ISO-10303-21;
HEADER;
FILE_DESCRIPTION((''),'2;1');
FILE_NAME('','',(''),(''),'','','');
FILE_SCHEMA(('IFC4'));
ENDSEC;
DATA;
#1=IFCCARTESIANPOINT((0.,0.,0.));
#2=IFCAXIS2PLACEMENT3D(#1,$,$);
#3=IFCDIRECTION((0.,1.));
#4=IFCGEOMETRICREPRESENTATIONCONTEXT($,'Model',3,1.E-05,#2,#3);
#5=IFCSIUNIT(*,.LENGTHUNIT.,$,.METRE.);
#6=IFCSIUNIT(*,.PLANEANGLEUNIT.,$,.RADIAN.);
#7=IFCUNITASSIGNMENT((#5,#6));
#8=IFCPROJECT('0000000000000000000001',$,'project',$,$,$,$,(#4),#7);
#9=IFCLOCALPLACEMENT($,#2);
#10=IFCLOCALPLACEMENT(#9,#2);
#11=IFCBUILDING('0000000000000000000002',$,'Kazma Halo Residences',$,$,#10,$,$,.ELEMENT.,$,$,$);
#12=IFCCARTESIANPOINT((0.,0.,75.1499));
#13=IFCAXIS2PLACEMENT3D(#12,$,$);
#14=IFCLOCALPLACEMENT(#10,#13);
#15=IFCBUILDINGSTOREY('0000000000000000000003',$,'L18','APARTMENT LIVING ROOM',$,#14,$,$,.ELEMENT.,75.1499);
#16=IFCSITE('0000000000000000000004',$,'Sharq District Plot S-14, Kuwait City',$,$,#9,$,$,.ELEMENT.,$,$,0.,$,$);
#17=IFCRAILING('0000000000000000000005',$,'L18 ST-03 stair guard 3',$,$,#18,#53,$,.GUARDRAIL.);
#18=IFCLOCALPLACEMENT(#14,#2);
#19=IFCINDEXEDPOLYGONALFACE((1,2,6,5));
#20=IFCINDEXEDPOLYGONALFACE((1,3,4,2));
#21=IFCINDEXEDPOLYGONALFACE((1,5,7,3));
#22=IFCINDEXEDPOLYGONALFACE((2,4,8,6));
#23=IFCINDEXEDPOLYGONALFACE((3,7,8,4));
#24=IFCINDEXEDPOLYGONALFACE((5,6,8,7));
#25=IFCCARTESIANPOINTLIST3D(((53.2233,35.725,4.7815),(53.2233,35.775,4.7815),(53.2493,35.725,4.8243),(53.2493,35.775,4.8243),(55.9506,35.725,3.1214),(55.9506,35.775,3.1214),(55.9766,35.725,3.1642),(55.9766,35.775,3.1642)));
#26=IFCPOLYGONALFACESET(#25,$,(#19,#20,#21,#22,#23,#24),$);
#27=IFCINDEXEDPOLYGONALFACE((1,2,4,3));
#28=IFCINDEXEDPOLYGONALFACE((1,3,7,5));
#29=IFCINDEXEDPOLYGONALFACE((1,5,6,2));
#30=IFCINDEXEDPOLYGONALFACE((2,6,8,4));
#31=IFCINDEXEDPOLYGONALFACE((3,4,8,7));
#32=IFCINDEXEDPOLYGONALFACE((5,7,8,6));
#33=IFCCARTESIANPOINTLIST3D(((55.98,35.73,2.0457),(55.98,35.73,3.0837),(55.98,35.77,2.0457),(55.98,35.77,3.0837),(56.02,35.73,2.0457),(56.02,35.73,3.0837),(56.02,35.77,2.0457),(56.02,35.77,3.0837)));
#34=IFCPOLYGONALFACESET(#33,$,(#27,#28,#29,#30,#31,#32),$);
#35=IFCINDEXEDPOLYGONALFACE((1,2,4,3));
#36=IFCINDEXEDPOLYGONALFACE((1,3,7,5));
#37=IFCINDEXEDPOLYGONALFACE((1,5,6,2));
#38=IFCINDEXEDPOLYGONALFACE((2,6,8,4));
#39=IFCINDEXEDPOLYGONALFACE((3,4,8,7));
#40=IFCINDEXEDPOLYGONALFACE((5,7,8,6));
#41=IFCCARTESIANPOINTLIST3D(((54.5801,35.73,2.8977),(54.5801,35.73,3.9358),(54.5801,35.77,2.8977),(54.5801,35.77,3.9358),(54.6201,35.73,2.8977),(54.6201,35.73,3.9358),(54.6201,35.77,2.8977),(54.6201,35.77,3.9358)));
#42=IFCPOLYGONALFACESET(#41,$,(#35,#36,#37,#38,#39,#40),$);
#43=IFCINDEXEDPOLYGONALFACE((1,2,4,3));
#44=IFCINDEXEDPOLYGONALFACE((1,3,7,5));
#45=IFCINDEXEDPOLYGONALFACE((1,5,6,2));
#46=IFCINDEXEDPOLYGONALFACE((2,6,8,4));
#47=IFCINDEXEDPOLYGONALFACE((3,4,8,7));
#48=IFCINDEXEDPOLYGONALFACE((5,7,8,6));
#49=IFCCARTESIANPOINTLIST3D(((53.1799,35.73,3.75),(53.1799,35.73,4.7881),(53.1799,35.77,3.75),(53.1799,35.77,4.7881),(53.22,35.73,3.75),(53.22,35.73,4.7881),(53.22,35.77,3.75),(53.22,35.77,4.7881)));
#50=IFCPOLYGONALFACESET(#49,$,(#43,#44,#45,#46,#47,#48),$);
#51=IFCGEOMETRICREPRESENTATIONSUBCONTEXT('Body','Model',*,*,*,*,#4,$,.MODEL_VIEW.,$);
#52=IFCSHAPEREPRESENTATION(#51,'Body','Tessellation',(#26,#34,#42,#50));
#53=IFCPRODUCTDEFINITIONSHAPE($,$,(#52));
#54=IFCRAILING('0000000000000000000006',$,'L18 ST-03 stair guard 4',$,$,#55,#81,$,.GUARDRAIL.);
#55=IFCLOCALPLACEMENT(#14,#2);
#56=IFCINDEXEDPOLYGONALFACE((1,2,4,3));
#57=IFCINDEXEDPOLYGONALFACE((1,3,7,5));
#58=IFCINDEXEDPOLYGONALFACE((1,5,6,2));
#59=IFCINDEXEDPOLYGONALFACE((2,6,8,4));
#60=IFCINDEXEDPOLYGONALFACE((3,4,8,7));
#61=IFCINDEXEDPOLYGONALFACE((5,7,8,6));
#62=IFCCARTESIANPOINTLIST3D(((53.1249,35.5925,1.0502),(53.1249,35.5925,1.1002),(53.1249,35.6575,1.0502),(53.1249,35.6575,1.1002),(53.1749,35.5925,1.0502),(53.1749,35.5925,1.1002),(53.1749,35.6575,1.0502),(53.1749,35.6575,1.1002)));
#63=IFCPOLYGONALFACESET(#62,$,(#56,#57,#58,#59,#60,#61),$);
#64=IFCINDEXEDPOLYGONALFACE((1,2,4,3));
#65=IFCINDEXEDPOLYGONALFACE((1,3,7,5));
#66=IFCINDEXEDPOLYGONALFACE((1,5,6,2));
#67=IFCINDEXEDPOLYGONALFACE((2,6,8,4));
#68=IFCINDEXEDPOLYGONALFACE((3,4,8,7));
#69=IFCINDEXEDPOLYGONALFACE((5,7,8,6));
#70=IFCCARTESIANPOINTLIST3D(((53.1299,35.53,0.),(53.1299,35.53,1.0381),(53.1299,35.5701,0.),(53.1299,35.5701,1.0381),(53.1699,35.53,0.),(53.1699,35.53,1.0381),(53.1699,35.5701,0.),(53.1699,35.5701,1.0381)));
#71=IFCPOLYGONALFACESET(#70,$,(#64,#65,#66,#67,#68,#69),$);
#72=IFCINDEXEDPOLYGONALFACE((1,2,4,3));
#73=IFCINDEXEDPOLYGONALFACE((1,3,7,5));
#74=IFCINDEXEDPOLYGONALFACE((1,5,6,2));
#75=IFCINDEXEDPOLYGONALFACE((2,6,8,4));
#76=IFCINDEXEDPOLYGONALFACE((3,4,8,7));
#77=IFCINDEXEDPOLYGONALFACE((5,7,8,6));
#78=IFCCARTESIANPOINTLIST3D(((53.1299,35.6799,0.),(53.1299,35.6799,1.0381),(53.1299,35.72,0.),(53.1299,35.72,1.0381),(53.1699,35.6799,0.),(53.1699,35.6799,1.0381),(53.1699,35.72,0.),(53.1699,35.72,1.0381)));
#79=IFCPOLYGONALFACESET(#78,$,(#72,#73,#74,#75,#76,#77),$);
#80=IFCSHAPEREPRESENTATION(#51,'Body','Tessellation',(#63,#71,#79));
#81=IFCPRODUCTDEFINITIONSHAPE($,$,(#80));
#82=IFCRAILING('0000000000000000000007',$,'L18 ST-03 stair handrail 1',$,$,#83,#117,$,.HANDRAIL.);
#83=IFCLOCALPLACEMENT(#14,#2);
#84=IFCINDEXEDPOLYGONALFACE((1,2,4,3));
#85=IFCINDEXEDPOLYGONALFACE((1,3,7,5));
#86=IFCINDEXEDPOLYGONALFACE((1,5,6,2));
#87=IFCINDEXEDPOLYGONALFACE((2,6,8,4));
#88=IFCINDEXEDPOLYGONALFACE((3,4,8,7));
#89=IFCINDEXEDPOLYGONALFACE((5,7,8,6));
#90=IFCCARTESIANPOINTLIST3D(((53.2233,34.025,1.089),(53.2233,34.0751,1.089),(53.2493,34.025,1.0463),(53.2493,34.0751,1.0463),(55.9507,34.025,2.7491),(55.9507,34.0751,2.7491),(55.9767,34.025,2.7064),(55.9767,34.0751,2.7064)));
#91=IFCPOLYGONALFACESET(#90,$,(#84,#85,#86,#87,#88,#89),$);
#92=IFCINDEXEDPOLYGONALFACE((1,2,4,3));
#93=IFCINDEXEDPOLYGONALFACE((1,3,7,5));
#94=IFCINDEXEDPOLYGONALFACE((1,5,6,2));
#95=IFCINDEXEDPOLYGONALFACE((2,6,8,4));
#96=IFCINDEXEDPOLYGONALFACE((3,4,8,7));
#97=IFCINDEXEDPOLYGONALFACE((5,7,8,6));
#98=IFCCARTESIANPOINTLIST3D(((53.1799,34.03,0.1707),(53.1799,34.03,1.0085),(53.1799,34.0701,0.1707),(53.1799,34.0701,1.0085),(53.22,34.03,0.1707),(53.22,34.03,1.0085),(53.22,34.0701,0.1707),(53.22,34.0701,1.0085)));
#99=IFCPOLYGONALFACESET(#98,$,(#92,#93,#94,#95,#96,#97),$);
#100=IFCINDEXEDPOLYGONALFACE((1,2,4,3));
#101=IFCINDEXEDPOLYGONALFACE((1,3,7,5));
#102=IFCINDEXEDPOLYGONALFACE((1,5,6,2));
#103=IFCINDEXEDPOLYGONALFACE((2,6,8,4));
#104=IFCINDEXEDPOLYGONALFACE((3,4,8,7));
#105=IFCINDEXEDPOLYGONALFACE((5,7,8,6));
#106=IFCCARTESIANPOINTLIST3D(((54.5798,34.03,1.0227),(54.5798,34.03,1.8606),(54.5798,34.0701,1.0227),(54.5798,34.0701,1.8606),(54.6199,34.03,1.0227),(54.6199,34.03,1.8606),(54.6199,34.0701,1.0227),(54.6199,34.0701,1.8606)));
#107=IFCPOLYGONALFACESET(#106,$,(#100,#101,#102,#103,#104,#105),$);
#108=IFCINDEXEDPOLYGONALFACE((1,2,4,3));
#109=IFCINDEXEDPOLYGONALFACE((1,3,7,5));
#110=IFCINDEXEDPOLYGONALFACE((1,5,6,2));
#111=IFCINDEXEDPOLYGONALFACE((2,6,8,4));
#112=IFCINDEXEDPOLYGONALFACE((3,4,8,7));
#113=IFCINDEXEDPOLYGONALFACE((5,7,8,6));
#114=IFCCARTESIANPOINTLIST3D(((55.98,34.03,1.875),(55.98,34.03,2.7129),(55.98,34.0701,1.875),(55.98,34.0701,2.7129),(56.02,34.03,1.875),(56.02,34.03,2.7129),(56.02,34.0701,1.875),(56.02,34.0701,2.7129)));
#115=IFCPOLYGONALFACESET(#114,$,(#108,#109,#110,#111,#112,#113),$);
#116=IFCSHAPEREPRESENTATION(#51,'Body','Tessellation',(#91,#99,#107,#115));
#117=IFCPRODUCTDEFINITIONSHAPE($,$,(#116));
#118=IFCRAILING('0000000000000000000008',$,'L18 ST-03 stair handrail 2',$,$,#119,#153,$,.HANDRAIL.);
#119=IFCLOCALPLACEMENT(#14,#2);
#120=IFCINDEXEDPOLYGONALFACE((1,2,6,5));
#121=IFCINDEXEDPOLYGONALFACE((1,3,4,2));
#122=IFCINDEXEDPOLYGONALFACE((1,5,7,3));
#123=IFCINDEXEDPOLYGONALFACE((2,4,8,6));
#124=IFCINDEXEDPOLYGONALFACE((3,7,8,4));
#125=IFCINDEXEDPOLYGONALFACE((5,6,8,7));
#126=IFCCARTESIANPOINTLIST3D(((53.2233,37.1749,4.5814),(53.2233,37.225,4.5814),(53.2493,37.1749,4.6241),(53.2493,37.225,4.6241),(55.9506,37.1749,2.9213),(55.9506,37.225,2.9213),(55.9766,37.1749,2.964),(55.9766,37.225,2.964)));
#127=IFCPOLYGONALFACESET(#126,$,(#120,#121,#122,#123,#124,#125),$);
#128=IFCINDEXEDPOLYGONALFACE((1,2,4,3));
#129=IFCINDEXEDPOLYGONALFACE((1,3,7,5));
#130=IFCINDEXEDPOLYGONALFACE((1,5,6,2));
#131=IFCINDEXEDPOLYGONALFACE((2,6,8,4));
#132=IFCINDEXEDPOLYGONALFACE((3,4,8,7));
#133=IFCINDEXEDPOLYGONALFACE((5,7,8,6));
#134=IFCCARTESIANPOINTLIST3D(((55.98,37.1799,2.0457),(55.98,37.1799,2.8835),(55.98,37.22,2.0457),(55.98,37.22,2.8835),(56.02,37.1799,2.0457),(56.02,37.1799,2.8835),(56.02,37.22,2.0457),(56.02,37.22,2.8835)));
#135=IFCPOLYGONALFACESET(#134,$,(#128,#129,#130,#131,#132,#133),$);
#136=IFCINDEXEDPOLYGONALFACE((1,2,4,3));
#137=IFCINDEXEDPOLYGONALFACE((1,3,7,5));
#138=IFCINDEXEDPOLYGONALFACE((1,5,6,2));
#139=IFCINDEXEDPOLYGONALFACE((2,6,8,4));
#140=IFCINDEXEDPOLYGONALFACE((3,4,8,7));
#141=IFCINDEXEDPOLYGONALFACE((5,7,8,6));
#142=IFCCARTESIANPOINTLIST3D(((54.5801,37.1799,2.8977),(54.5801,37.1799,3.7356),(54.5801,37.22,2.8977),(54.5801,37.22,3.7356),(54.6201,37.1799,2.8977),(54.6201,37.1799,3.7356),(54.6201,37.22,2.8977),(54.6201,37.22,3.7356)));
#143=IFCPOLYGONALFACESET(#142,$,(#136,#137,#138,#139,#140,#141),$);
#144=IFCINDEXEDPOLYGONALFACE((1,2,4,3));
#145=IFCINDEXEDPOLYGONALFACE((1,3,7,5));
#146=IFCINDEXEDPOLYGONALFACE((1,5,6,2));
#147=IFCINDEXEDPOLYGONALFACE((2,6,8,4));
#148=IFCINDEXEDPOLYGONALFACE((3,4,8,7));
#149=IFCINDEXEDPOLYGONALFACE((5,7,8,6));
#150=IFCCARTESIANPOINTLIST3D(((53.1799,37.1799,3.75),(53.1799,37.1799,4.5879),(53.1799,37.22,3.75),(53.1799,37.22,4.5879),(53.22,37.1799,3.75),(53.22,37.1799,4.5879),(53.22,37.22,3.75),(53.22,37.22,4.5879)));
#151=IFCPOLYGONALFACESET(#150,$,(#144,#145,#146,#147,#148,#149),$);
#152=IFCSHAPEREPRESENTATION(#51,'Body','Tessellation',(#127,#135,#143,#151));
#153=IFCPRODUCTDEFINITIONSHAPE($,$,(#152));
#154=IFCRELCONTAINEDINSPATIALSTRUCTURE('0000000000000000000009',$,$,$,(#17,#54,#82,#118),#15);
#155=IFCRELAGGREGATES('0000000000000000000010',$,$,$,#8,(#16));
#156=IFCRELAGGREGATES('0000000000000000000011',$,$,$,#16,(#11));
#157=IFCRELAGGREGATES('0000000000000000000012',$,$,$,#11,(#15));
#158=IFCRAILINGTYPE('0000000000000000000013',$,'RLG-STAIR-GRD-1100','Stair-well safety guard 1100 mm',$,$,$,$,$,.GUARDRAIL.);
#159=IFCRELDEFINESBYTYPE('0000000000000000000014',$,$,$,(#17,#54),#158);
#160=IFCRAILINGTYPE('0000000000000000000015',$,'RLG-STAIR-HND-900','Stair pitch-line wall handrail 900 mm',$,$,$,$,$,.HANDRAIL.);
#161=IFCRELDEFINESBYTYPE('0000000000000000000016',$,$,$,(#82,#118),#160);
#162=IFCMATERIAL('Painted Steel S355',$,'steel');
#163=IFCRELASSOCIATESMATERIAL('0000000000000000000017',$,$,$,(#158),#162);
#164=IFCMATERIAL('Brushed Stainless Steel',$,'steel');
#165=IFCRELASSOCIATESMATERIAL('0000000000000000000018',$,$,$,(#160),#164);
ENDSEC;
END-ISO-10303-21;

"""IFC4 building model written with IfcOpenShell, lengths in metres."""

from ifc_helpers import new_model, si_unit, direction, frame, origin, origin_2d, place, context, subcontext, project, spatial, rectangle, extrude, material, type_object, element, save


model = new_model("IFC4")

# Units and contexts
model_context = context("Model", 3, precision=1e-05, world=origin(), true_north=direction((0.0, 1.0)))
body_context = subcontext(model_context, "Body", "Model", "MODEL_VIEW")
ifc_project = project(units=[si_unit("LENGTHUNIT", "METRE"), si_unit("PLANEANGLEUNIT", "RADIAN")], contexts=[model_context])

# Site, building, storey
site_placement = place(None, origin())
site = spatial("IfcSite", under=ifc_project, at=site_placement, Name="Sharq District Plot S-14, Kuwait City", CompositionType="ELEMENT", RefElevation=0.0)
building_placement = place(site_placement, origin())
building = spatial("IfcBuilding", under=site, at=building_placement, Name="Kazma Halo Residences", CompositionType="ELEMENT")
storey_placement = place(building_placement, frame((0.0, 0.0, 75.1499)))
storey = spatial("IfcBuildingStorey", under=building, at=storey_placement, Name="L18", Description="APARTMENT LIVING ROOM", CompositionType="ELEMENT", Elevation=75.1499)

# Railings
ifc_material_1 = material(Name="Painted Steel S355", Category="steel")
railing_type_1 = type_object("IfcRailingType", Name="RLG-STAIR-GRD-1100", Description="Stair-well safety guard 1100 mm", PredefinedType="GUARDRAIL", material=ifc_material_1)
railing_1_placement = place(storey_placement, frame((56.0, 35.75, 2.0457)))
element("IfcRailing", 1, at=railing_1_placement, inside=storey, type_object=railing_type_1, Name="L18 ST-03 stair guard 3", PredefinedType="GUARDRAIL", context=body_context, shape_type="SweptSolid", body=[
    extrude(rectangle(XDim=0.05, YDim=0.05, at=origin_2d()), frame((-0.0364, 0.0, 1.0972), z_axis=(-0.854203, 0.0, 0.51994), x_axis=(0.0, -1.0, 0.0)), (0.0, 0.0, 1.0), 3.1929),
    extrude(rectangle(XDim=0.04, YDim=0.04, at=origin_2d()), origin(), (0.0, 0.0, 1.0), 1.0381),
    extrude(rectangle(XDim=0.04, YDim=0.04, at=origin_2d()), frame((-1.3999, 0.0, 0.8521)), (0.0, 0.0, 1.0), 1.0381),
    extrude(rectangle(XDim=0.04, YDim=0.04, at=origin_2d()), frame((-2.8, 0.0, 1.7043)), (0.0, 0.0, 1.0), 1.0381),
])
railing_2_placement = place(storey_placement, frame((53.1499, 35.55, 0.0)))
element("IfcRailing", 2, at=railing_2_placement, inside=storey, type_object=railing_type_1, Name="L18 ST-03 stair guard 4", PredefinedType="GUARDRAIL", context=body_context, shape_type="SweptSolid", body=[
    extrude(rectangle(XDim=0.05, YDim=0.05, at=origin_2d()), frame((0.0, 0.0425, 1.0752), z_axis=(0.0, 1.0, 0.0), x_axis=(-1.0, 0.0, 0.0)), (0.0, 0.0, 1.0), 0.0649),
    extrude(rectangle(XDim=0.04, YDim=0.04, at=origin_2d()), origin(), (0.0, 0.0, 1.0), 1.0381),
    extrude(rectangle(XDim=0.04, YDim=0.04, at=origin_2d()), frame((0.0, 0.1499, 0.0)), (0.0, 0.0, 1.0), 1.0381),
])
ifc_material_2 = material(Name="Brushed Stainless Steel", Category="steel")
railing_type_2 = type_object("IfcRailingType", Name="RLG-STAIR-HND-900", Description="Stair pitch-line wall handrail 900 mm", PredefinedType="HANDRAIL", material=ifc_material_2)
railing_3_placement = place(storey_placement, frame((53.2, 34.05, 0.1707)))
element("IfcRailing", 3, at=railing_3_placement, inside=storey, type_object=railing_type_2, Name="L18 ST-03 stair handrail 1", PredefinedType="HANDRAIL", context=body_context, shape_type="SweptSolid", body=[
    extrude(rectangle(XDim=0.05, YDim=0.05, at=origin_2d()), frame((0.0364, 0.0, 0.897), z_axis=(0.854203, 0.0, 0.51994), x_axis=(0.0, 1.0, 0.0)), (0.0, 0.0, 1.0), 3.1929),
    extrude(rectangle(XDim=0.04, YDim=0.04, at=origin_2d()), origin(), (0.0, 0.0, 1.0), 0.8379),
    extrude(rectangle(XDim=0.04, YDim=0.04, at=origin_2d()), frame((1.3999, 0.0, 0.8521)), (0.0, 0.0, 1.0), 0.8379),
    extrude(rectangle(XDim=0.04, YDim=0.04, at=origin_2d()), frame((2.8, 0.0, 1.7043)), (0.0, 0.0, 1.0), 0.8379),
])
railing_4_placement = place(storey_placement, frame((56.0, 37.2, 2.0457)))
element("IfcRailing", 4, at=railing_4_placement, inside=storey, type_object=railing_type_2, Name="L18 ST-03 stair handrail 2", PredefinedType="HANDRAIL", context=body_context, shape_type="SweptSolid", body=[
    extrude(rectangle(XDim=0.05, YDim=0.05, at=origin_2d()), frame((-0.0364, 0.0, 0.897), z_axis=(-0.854203, 0.0, 0.51994), x_axis=(0.0, -1.0, 0.0)), (0.0, 0.0, 1.0), 3.1929),
    extrude(rectangle(XDim=0.04, YDim=0.04, at=origin_2d()), origin(), (0.0, 0.0, 1.0), 0.8379),
    extrude(rectangle(XDim=0.04, YDim=0.04, at=origin_2d()), frame((-1.3999, 0.0, 0.8521)), (0.0, 0.0, 1.0), 0.8379),
    extrude(rectangle(XDim=0.04, YDim=0.04, at=origin_2d()), frame((-2.8, 0.0, 1.7043)), (0.0, 0.0, 1.0), 0.8379),
])

save(model, "model.ifc")
